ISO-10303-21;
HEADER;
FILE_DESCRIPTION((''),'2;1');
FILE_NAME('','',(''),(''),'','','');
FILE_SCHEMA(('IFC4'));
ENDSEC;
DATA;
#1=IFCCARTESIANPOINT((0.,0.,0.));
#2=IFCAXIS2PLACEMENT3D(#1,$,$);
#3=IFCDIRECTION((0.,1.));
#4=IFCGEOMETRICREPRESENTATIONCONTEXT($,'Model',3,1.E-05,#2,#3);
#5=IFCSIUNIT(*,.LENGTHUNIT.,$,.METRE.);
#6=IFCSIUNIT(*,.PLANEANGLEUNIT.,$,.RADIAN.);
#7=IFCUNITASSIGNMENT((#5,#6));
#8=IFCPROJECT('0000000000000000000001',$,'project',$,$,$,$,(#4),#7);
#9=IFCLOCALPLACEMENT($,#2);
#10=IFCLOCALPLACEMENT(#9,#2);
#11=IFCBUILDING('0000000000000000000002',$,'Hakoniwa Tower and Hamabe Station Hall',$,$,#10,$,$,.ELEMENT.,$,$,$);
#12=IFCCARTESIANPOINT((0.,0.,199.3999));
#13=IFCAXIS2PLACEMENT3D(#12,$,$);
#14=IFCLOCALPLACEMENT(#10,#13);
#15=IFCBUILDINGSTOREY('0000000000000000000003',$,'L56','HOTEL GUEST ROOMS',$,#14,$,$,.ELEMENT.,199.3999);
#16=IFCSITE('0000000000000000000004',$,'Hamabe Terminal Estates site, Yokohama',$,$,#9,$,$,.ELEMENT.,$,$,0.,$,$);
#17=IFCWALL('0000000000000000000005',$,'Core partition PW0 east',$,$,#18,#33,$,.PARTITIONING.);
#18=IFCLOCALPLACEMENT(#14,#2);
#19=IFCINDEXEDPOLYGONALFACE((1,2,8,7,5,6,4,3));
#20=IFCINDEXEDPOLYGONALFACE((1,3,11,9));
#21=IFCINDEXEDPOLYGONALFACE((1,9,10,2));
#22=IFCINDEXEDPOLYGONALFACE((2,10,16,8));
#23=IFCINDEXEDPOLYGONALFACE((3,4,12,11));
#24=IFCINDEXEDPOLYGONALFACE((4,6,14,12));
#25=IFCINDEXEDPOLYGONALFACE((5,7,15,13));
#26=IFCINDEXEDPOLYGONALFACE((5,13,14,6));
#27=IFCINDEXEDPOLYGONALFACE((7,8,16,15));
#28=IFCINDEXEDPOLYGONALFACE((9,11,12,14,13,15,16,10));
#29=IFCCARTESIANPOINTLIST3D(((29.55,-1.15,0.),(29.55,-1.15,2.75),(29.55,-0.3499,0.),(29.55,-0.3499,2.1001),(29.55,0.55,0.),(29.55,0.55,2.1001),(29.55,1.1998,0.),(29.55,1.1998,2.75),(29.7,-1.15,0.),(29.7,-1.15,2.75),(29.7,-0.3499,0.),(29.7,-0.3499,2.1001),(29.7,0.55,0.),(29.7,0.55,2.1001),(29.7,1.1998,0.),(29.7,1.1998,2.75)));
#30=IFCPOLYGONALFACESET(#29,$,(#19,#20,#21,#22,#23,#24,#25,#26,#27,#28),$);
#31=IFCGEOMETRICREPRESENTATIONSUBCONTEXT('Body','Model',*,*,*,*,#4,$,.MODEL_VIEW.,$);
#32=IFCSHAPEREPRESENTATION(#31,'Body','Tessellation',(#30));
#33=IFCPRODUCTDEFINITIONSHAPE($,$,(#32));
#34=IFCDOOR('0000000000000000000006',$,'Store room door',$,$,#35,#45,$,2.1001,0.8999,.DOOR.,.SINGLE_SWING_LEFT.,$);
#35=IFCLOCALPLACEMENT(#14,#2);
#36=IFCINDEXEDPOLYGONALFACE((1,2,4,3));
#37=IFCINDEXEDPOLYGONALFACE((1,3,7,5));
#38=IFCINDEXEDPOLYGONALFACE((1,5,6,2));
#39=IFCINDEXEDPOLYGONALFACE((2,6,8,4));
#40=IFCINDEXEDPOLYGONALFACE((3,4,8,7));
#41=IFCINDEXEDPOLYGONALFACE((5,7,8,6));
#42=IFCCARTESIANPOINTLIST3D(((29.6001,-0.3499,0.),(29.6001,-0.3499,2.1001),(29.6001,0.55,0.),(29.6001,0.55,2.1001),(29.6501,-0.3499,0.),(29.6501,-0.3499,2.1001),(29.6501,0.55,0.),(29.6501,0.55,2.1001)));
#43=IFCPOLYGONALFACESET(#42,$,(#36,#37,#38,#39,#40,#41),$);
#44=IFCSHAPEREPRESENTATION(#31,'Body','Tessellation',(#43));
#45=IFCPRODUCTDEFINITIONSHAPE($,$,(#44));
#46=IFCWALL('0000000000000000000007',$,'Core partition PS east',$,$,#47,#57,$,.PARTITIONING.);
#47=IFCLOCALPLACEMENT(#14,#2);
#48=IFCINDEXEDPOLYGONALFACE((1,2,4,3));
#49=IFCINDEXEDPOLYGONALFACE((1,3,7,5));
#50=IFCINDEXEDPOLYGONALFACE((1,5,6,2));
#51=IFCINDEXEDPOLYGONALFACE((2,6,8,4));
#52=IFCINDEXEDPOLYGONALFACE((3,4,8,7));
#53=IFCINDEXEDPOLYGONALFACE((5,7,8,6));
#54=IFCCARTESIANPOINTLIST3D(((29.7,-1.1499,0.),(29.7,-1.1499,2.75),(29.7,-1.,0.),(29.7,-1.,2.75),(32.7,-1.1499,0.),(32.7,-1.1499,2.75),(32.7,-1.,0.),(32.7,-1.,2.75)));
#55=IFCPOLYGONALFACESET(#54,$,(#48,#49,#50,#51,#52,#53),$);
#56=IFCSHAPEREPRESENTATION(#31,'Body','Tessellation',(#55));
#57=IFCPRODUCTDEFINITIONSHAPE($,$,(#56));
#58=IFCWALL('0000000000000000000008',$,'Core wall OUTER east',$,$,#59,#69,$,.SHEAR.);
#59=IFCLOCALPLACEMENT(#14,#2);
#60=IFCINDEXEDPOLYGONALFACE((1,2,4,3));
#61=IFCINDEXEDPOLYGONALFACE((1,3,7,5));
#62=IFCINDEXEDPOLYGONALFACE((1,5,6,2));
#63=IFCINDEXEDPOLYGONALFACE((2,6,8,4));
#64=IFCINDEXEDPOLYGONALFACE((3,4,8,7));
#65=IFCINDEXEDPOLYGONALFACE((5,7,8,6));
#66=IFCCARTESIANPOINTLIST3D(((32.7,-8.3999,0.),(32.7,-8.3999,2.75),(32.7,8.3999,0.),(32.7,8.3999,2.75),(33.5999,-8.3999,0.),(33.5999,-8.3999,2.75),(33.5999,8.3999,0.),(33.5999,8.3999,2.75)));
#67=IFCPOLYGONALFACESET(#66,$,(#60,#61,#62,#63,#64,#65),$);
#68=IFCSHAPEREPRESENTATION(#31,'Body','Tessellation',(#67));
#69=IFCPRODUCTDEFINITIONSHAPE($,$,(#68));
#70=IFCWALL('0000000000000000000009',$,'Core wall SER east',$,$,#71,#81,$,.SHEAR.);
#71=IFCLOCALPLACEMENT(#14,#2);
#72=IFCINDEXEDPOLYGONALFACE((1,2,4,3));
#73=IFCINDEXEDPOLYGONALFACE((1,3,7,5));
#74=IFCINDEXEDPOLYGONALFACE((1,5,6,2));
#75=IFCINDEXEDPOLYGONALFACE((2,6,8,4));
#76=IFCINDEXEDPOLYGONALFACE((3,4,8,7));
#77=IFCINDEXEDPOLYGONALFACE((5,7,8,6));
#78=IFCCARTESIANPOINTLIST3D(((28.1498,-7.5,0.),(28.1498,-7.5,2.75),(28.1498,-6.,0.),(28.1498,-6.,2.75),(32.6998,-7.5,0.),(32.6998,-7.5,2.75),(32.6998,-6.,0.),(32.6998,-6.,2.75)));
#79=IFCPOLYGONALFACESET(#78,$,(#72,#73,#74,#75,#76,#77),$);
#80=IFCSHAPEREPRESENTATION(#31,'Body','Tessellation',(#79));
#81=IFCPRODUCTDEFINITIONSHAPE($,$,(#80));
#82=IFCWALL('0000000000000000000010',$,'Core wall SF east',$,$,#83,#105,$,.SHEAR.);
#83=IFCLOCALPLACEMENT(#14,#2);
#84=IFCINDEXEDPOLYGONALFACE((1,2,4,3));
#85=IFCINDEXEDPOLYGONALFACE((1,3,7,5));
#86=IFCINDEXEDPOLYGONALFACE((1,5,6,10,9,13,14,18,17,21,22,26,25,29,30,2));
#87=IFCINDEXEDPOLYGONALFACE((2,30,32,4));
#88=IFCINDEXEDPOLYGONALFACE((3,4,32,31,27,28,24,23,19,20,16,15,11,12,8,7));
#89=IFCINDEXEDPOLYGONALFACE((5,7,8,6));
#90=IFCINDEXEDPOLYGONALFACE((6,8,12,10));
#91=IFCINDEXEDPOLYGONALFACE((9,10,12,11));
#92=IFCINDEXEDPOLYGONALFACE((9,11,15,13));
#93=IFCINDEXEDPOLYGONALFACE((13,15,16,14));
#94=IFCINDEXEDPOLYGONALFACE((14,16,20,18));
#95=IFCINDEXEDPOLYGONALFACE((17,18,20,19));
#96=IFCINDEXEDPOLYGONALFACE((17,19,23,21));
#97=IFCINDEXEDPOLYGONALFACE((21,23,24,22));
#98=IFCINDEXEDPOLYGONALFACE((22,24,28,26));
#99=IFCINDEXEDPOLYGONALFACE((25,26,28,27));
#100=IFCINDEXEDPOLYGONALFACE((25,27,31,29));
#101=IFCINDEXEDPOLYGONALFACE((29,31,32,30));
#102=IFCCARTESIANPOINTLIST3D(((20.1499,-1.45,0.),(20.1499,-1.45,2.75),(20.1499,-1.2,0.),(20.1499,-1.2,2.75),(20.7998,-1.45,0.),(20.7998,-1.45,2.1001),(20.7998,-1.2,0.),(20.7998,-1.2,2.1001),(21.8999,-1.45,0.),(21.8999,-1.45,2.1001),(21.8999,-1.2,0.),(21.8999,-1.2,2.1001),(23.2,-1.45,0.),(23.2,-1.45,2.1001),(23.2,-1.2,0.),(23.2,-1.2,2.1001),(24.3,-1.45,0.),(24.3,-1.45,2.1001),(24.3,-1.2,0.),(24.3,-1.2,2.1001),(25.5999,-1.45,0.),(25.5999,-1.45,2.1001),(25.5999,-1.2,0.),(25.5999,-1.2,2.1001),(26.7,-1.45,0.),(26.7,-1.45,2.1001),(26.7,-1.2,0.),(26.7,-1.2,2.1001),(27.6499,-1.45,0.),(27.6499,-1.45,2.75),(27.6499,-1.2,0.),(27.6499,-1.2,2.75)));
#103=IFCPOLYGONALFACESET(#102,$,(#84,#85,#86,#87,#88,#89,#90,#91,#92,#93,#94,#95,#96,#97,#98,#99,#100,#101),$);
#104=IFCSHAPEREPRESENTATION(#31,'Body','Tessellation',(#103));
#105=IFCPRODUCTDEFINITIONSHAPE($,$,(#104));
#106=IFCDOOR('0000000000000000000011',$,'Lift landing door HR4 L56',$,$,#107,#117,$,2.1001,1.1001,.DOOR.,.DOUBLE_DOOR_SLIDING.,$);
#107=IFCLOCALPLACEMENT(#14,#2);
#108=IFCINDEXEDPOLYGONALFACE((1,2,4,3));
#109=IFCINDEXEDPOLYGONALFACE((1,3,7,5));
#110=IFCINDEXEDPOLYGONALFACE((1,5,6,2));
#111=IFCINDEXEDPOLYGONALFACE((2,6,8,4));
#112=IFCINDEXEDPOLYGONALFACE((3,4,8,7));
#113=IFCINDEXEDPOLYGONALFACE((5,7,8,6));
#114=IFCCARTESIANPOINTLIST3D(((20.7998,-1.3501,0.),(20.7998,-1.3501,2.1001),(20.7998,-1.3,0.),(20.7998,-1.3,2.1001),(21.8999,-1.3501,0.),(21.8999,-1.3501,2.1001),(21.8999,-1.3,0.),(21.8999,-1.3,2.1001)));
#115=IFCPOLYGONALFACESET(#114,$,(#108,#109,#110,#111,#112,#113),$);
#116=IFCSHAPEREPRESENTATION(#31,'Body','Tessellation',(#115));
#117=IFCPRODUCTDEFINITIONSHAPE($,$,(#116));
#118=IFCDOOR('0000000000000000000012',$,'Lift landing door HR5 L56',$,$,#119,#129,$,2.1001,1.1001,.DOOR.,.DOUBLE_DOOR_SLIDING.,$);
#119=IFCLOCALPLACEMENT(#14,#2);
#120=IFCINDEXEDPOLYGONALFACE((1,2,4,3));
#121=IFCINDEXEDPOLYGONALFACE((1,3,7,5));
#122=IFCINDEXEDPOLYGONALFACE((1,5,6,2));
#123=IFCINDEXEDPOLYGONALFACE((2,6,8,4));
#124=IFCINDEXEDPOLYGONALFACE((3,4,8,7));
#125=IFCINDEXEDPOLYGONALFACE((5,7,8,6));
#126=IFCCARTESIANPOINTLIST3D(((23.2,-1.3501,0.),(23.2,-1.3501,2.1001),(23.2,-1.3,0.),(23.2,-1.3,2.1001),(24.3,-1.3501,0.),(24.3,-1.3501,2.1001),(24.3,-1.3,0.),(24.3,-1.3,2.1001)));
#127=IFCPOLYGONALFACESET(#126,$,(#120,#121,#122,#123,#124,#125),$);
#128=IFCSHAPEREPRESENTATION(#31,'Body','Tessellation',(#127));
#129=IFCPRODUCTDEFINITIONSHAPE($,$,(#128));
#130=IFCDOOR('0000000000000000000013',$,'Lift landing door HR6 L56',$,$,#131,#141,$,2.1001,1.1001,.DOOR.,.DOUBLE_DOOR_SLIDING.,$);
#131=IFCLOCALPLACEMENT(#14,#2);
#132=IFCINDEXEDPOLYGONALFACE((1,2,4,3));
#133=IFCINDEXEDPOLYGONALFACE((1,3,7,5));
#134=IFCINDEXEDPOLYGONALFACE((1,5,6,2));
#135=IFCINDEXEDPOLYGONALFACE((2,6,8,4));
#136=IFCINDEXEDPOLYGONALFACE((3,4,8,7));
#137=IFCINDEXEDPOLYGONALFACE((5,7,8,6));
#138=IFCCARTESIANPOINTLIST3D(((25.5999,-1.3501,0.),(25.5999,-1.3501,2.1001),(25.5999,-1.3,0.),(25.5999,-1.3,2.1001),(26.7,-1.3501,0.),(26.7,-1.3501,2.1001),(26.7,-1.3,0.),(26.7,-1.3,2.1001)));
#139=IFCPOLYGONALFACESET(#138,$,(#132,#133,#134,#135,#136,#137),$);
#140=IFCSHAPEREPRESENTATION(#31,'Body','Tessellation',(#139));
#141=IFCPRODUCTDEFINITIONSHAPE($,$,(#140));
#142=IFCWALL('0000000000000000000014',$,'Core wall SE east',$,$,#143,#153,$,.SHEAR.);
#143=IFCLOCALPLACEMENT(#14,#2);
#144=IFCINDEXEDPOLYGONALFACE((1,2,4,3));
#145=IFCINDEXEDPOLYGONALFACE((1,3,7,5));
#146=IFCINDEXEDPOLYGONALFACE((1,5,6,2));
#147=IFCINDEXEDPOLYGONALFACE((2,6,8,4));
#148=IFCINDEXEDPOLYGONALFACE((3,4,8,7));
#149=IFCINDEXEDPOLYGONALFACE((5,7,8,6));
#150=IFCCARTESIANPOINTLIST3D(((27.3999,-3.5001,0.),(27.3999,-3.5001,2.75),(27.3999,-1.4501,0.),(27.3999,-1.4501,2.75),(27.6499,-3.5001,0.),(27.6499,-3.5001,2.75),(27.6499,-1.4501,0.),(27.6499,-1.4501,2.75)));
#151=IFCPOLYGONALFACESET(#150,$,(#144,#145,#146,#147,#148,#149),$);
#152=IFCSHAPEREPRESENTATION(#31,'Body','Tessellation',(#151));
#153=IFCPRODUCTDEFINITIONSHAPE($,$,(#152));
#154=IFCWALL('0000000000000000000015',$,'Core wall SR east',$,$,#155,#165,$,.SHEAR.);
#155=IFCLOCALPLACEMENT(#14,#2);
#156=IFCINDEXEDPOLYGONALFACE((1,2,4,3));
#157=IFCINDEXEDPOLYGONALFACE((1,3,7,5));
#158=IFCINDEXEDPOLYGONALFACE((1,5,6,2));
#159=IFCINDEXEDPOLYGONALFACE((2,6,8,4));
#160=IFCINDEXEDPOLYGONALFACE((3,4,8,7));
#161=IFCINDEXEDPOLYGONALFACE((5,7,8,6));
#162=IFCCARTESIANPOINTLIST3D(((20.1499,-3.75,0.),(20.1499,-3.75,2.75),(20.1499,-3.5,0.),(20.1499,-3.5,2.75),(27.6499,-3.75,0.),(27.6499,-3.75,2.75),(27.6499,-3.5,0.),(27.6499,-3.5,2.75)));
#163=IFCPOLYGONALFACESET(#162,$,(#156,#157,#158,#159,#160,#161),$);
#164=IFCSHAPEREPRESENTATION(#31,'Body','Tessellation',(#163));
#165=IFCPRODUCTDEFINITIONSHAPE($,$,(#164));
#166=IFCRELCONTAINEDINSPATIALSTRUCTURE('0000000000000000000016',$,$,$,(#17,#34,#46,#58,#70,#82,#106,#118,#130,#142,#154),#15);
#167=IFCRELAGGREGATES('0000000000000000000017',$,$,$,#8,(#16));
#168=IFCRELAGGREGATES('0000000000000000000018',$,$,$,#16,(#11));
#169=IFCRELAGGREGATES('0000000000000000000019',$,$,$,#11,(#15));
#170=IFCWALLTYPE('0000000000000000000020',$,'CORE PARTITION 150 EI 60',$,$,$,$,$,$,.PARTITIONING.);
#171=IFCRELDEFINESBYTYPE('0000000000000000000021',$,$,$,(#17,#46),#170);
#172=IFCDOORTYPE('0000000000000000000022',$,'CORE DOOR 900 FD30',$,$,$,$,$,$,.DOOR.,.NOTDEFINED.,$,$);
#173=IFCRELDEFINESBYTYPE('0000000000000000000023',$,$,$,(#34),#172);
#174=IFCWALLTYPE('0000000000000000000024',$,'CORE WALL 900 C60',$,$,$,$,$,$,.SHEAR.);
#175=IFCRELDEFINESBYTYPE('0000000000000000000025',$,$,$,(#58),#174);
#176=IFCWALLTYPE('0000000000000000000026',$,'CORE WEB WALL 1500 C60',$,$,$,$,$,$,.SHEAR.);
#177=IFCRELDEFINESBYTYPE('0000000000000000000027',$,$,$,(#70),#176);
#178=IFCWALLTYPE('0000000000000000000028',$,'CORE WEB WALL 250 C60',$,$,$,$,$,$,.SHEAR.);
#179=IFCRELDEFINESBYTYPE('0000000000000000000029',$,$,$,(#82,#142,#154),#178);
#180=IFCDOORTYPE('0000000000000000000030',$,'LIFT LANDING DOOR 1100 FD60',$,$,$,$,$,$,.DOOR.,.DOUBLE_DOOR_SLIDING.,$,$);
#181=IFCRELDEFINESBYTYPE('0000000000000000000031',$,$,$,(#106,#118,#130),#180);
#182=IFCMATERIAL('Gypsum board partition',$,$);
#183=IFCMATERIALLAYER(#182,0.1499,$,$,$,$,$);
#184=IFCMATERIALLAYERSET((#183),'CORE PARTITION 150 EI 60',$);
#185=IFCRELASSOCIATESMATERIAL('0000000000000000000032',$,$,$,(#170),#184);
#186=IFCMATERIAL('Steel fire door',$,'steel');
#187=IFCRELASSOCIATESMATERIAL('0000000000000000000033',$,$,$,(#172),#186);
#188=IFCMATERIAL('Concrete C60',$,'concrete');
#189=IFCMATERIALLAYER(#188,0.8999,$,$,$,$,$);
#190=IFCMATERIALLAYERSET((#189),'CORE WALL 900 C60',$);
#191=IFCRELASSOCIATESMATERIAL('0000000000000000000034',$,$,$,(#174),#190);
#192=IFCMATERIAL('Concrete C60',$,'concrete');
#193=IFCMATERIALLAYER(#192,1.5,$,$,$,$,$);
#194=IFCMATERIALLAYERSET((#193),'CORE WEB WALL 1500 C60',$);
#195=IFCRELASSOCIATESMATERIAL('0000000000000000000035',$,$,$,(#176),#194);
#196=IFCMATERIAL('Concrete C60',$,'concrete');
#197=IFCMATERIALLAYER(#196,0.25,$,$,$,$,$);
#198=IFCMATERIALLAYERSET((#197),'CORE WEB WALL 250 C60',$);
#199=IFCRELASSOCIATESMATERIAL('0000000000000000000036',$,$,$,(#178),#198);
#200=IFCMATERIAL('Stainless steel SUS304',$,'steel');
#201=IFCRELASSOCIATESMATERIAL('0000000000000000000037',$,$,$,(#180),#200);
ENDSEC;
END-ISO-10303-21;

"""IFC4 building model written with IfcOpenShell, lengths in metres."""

from ifc_helpers import new_model, si_unit, direction, frame, frame_2d, origin, place, context, subcontext, project, spatial, rectangle, extrude, material, layer, layer_set, type_object, element, fill, save


model = new_model("IFC4")

# Units and contexts
model_context = context("Model", 3, precision=1e-05, world=origin(), true_north=direction((0.0, 1.0)))
body_context = subcontext(model_context, "Body", "Model", "MODEL_VIEW")
ifc_project = project(units=[si_unit("LENGTHUNIT", "METRE"), si_unit("PLANEANGLEUNIT", "RADIAN")], contexts=[model_context])

# Site, building, storey
site_placement = place(None, origin())
site = spatial("IfcSite", under=ifc_project, at=site_placement, Name="Hamabe Terminal Estates site, Yokohama", CompositionType="ELEMENT", RefElevation=0.0)
building_placement = place(site_placement, origin())
building = spatial("IfcBuilding", under=site, at=building_placement, Name="Hakoniwa Tower and Hamabe Station Hall", CompositionType="ELEMENT")
storey_placement = place(building_placement, frame((0.0, 0.0, 199.3999)))
storey = spatial("IfcBuildingStorey", under=building, at=storey_placement, Name="L56", Description="HOTEL GUEST ROOMS", CompositionType="ELEMENT", Elevation=199.3999)

# Wall, opening, door
ifc_material_1 = material(Name="Gypsum board partition")
ifc_layer_1 = layer(ifc_material_1, 0.1499)
ifc_layer_set_1 = layer_set([ifc_layer_1], Name="CORE PARTITION 150 EI 60")
wall_type_1 = type_object("IfcWallType", Name="CORE PARTITION 150 EI 60", PredefinedType="PARTITIONING", material=ifc_layer_set_1)
wall_1_placement = place(storey_placement, frame((29.625, -1.1499, 0.0), z_axis=(0.0, 0.0, 1.0), x_axis=(0.0, 1.0, 0.0)))
wall_1 = element("IfcWall", 1, at=wall_1_placement, inside=storey, type_object=wall_type_1, Name="Core partition PW0 east", PredefinedType="PARTITIONING", context=body_context, shape_type="SweptSolid", body=[
    extrude(rectangle(XDim=2.3499, YDim=0.1499, at=frame_2d((1.1748, 0.0))), origin(), (0.0, 0.0, 1.0), 2.75),
])
opening_1_placement = place(wall_1_placement, frame((0.8, 0.0, 0.0)))
opening_1 = element("IfcOpeningElement", 2, at=opening_1_placement, cuts=wall_1, PredefinedType="OPENING", context=body_context, shape_type="SweptSolid", body=[
    extrude(rectangle(XDim=0.8999, YDim=2.1001, at=frame_2d((0.45, 1.05))), frame((0.0, 0.085, 0.0), z_axis=(0.0, -1.0, 0.0), x_axis=(1.0, 0.0, 0.0)), (0.0, 0.0, 1.0), 0.1699),
])
ifc_material_2 = material(Name="Steel fire door", Category="steel")
door_type_1 = type_object("IfcDoorType", Name="CORE DOOR 900 FD30", OperationType="NOTDEFINED", PredefinedType="DOOR", material=ifc_material_2)
door_1_placement = place(opening_1_placement, origin())
door_1 = element("IfcDoor", 3, at=door_1_placement, inside=storey, type_object=door_type_1, Name="Store room door", OperationType="SINGLE_SWING_LEFT", OverallHeight=2.1001, OverallWidth=0.8999, PredefinedType="DOOR", context=body_context, shape_type="SweptSolid", body=[
    extrude(rectangle(XDim=0.8999, YDim=2.1001, at=frame_2d((0.45, 1.05))), frame((0.0, 0.0249, 0.0), z_axis=(0.0, -1.0, 0.0), x_axis=(1.0, 0.0, 0.0)), (0.0, 0.0, 1.0), 0.05),
])
fill(opening_1, door_1)

# Walls
wall_2_placement = place(storey_placement, frame((29.7, -1.075, 0.0), z_axis=(0.0, 0.0, 1.0), x_axis=(1.0, 0.0, 0.0)))
element("IfcWall", 4, at=wall_2_placement, inside=storey, type_object=wall_type_1, Name="Core partition PS east", PredefinedType="PARTITIONING", context=body_context, shape_type="SweptSolid", body=[
    extrude(rectangle(XDim=3.0, YDim=0.1499, at=frame_2d((1.5, 0.0))), origin(), (0.0, 0.0, 1.0), 2.75),
])
ifc_material_3 = material(Name="Concrete C60", Category="concrete")
ifc_layer_2 = layer(ifc_material_3, 0.8999)
ifc_layer_set_2 = layer_set([ifc_layer_2], Name="CORE WALL 900 C60")
wall_type_2 = type_object("IfcWallType", Name="CORE WALL 900 C60", PredefinedType="SHEAR", material=ifc_layer_set_2)
wall_3_placement = place(storey_placement, frame((33.1499, -8.3999, 0.0), z_axis=(0.0, 0.0, 1.0), x_axis=(0.0, 1.0, 0.0)))
element("IfcWall", 5, at=wall_3_placement, inside=storey, type_object=wall_type_2, Name="Core wall OUTER east", PredefinedType="SHEAR", context=body_context, shape_type="SweptSolid", body=[
    extrude(rectangle(XDim=16.7998, YDim=0.8999, at=frame_2d((8.3999, 0.0))), origin(), (0.0, 0.0, 1.0), 2.75),
])
ifc_material_4 = material(Name="Concrete C60", Category="concrete")
ifc_layer_3 = layer(ifc_material_4, 1.5)
ifc_layer_set_3 = layer_set([ifc_layer_3], Name="CORE WEB WALL 1500 C60")
wall_type_3 = type_object("IfcWallType", Name="CORE WEB WALL 1500 C60", PredefinedType="SHEAR", material=ifc_layer_set_3)
wall_4_placement = place(storey_placement, frame((28.1499, -6.75, 0.0), z_axis=(0.0, 0.0, 1.0), x_axis=(1.0, 0.0, 0.0)))
element("IfcWall", 6, at=wall_4_placement, inside=storey, type_object=wall_type_3, Name="Core wall SER east", PredefinedType="SHEAR", context=body_context, shape_type="SweptSolid", body=[
    extrude(rectangle(XDim=4.55, YDim=1.5, at=frame_2d((2.2749, 0.0))), origin(), (0.0, 0.0, 1.0), 2.75),
])

# Wall, openings, doors
ifc_material_5 = material(Name="Concrete C60", Category="concrete")
ifc_layer_4 = layer(ifc_material_5, 0.25)
ifc_layer_set_4 = layer_set([ifc_layer_4], Name="CORE WEB WALL 250 C60")
wall_type_4 = type_object("IfcWallType", Name="CORE WEB WALL 250 C60", PredefinedType="SHEAR", material=ifc_layer_set_4)
wall_5_placement = place(storey_placement, frame((20.1499, -1.325, 0.0), z_axis=(0.0, 0.0, 1.0), x_axis=(1.0, 0.0, 0.0)))
wall_5 = element("IfcWall", 7, at=wall_5_placement, inside=storey, type_object=wall_type_4, Name="Core wall SF east", PredefinedType="SHEAR", context=body_context, shape_type="SweptSolid", body=[
    extrude(rectangle(XDim=7.5, YDim=0.25, at=frame_2d((3.75, 0.0))), origin(), (0.0, 0.0, 1.0), 2.75),
])
opening_2_placement = place(wall_5_placement, frame((0.6499, 0.0, 0.0)))
opening_2 = element("IfcOpeningElement", 8, at=opening_2_placement, cuts=wall_5, PredefinedType="OPENING", context=body_context, shape_type="SweptSolid", body=[
    extrude(rectangle(XDim=1.1001, YDim=2.1001, at=frame_2d((0.55, 1.05))), frame((0.0, 0.135, 0.0), z_axis=(0.0, -1.0, 0.0), x_axis=(1.0, 0.0, 0.0)), (0.0, 0.0, 1.0), 0.27),
])
opening_3_placement = place(wall_5_placement, frame((3.05, 0.0, 0.0)))
opening_3 = element("IfcOpeningElement", 9, at=opening_3_placement, cuts=wall_5, PredefinedType="OPENING", context=body_context, shape_type="SweptSolid", body=[
    extrude(rectangle(XDim=1.1001, YDim=2.1001, at=frame_2d((0.55, 1.05))), frame((0.0, 0.135, 0.0), z_axis=(0.0, -1.0, 0.0), x_axis=(1.0, 0.0, 0.0)), (0.0, 0.0, 1.0), 0.27),
])
opening_4_placement = place(wall_5_placement, frame((5.45, 0.0, 0.0)))
opening_4 = element("IfcOpeningElement", 10, at=opening_4_placement, cuts=wall_5, PredefinedType="OPENING", context=body_context, shape_type="SweptSolid", body=[
    extrude(rectangle(XDim=1.1001, YDim=2.1001, at=frame_2d((0.55, 1.05))), frame((0.0, 0.135, 0.0), z_axis=(0.0, -1.0, 0.0), x_axis=(1.0, 0.0, 0.0)), (0.0, 0.0, 1.0), 0.27),
])
ifc_material_6 = material(Name="Stainless steel SUS304", Category="steel")
door_type_2 = type_object("IfcDoorType", Name="LIFT LANDING DOOR 1100 FD60", OperationType="DOUBLE_DOOR_SLIDING", PredefinedType="DOOR", material=ifc_material_6)
door_2_placement = place(opening_2_placement, origin())
door_2 = element("IfcDoor", 11, at=door_2_placement, inside=storey, type_object=door_type_2, Name="Lift landing door HR4 L56", OperationType="DOUBLE_DOOR_SLIDING", OverallHeight=2.1001, OverallWidth=1.1001, PredefinedType="DOOR", context=body_context, shape_type="SweptSolid", body=[
    extrude(rectangle(XDim=1.1001, YDim=2.1001, at=frame_2d((0.55, 1.05))), frame((0.0, 0.0249, 0.0), z_axis=(0.0, -1.0, 0.0), x_axis=(1.0, 0.0, 0.0)), (0.0, 0.0, 1.0), 0.05),
])
fill(opening_2, door_2)
door_3_placement = place(opening_3_placement, origin())
door_3 = element("IfcDoor", 12, at=door_3_placement, inside=storey, type_object=door_type_2, Name="Lift landing door HR5 L56", OperationType="DOUBLE_DOOR_SLIDING", OverallHeight=2.1001, OverallWidth=1.1001, PredefinedType="DOOR", context=body_context, shape_type="SweptSolid", body=[
    extrude(rectangle(XDim=1.1001, YDim=2.1001, at=frame_2d((0.55, 1.05))), frame((0.0, 0.0249, 0.0), z_axis=(0.0, -1.0, 0.0), x_axis=(1.0, 0.0, 0.0)), (0.0, 0.0, 1.0), 0.05),
])
fill(opening_3, door_3)
door_4_placement = place(opening_4_placement, origin())
door_4 = element("IfcDoor", 13, at=door_4_placement, inside=storey, type_object=door_type_2, Name="Lift landing door HR6 L56", OperationType="DOUBLE_DOOR_SLIDING", OverallHeight=2.1001, OverallWidth=1.1001, PredefinedType="DOOR", context=body_context, shape_type="SweptSolid", body=[
    extrude(rectangle(XDim=1.1001, YDim=2.1001, at=frame_2d((0.55, 1.05))), frame((0.0, 0.0249, 0.0), z_axis=(0.0, -1.0, 0.0), x_axis=(1.0, 0.0, 0.0)), (0.0, 0.0, 1.0), 0.05),
])
fill(opening_4, door_4)

# Walls
wall_6_placement = place(storey_placement, frame((27.5249, -3.5, 0.0), z_axis=(0.0, 0.0, 1.0), x_axis=(0.0, 1.0, 0.0)))
element("IfcWall", 14, at=wall_6_placement, inside=storey, type_object=wall_type_4, Name="Core wall SE east", PredefinedType="SHEAR", context=body_context, shape_type="SweptSolid", body=[
    extrude(rectangle(XDim=2.05, YDim=0.25, at=frame_2d((1.0249, 0.0))), origin(), (0.0, 0.0, 1.0), 2.75),
])
wall_7_placement = place(storey_placement, frame((20.1499, -3.625, 0.0), z_axis=(0.0, 0.0, 1.0), x_axis=(1.0, 0.0, 0.0)))
element("IfcWall", 15, at=wall_7_placement, inside=storey, type_object=wall_type_4, Name="Core wall SR east", PredefinedType="SHEAR", context=body_context, shape_type="SweptSolid", body=[
    extrude(rectangle(XDim=7.5, YDim=0.25, at=frame_2d((3.75, 0.0))), origin(), (0.0, 0.0, 1.0), 2.75),
])

save(model, "model.ifc")
